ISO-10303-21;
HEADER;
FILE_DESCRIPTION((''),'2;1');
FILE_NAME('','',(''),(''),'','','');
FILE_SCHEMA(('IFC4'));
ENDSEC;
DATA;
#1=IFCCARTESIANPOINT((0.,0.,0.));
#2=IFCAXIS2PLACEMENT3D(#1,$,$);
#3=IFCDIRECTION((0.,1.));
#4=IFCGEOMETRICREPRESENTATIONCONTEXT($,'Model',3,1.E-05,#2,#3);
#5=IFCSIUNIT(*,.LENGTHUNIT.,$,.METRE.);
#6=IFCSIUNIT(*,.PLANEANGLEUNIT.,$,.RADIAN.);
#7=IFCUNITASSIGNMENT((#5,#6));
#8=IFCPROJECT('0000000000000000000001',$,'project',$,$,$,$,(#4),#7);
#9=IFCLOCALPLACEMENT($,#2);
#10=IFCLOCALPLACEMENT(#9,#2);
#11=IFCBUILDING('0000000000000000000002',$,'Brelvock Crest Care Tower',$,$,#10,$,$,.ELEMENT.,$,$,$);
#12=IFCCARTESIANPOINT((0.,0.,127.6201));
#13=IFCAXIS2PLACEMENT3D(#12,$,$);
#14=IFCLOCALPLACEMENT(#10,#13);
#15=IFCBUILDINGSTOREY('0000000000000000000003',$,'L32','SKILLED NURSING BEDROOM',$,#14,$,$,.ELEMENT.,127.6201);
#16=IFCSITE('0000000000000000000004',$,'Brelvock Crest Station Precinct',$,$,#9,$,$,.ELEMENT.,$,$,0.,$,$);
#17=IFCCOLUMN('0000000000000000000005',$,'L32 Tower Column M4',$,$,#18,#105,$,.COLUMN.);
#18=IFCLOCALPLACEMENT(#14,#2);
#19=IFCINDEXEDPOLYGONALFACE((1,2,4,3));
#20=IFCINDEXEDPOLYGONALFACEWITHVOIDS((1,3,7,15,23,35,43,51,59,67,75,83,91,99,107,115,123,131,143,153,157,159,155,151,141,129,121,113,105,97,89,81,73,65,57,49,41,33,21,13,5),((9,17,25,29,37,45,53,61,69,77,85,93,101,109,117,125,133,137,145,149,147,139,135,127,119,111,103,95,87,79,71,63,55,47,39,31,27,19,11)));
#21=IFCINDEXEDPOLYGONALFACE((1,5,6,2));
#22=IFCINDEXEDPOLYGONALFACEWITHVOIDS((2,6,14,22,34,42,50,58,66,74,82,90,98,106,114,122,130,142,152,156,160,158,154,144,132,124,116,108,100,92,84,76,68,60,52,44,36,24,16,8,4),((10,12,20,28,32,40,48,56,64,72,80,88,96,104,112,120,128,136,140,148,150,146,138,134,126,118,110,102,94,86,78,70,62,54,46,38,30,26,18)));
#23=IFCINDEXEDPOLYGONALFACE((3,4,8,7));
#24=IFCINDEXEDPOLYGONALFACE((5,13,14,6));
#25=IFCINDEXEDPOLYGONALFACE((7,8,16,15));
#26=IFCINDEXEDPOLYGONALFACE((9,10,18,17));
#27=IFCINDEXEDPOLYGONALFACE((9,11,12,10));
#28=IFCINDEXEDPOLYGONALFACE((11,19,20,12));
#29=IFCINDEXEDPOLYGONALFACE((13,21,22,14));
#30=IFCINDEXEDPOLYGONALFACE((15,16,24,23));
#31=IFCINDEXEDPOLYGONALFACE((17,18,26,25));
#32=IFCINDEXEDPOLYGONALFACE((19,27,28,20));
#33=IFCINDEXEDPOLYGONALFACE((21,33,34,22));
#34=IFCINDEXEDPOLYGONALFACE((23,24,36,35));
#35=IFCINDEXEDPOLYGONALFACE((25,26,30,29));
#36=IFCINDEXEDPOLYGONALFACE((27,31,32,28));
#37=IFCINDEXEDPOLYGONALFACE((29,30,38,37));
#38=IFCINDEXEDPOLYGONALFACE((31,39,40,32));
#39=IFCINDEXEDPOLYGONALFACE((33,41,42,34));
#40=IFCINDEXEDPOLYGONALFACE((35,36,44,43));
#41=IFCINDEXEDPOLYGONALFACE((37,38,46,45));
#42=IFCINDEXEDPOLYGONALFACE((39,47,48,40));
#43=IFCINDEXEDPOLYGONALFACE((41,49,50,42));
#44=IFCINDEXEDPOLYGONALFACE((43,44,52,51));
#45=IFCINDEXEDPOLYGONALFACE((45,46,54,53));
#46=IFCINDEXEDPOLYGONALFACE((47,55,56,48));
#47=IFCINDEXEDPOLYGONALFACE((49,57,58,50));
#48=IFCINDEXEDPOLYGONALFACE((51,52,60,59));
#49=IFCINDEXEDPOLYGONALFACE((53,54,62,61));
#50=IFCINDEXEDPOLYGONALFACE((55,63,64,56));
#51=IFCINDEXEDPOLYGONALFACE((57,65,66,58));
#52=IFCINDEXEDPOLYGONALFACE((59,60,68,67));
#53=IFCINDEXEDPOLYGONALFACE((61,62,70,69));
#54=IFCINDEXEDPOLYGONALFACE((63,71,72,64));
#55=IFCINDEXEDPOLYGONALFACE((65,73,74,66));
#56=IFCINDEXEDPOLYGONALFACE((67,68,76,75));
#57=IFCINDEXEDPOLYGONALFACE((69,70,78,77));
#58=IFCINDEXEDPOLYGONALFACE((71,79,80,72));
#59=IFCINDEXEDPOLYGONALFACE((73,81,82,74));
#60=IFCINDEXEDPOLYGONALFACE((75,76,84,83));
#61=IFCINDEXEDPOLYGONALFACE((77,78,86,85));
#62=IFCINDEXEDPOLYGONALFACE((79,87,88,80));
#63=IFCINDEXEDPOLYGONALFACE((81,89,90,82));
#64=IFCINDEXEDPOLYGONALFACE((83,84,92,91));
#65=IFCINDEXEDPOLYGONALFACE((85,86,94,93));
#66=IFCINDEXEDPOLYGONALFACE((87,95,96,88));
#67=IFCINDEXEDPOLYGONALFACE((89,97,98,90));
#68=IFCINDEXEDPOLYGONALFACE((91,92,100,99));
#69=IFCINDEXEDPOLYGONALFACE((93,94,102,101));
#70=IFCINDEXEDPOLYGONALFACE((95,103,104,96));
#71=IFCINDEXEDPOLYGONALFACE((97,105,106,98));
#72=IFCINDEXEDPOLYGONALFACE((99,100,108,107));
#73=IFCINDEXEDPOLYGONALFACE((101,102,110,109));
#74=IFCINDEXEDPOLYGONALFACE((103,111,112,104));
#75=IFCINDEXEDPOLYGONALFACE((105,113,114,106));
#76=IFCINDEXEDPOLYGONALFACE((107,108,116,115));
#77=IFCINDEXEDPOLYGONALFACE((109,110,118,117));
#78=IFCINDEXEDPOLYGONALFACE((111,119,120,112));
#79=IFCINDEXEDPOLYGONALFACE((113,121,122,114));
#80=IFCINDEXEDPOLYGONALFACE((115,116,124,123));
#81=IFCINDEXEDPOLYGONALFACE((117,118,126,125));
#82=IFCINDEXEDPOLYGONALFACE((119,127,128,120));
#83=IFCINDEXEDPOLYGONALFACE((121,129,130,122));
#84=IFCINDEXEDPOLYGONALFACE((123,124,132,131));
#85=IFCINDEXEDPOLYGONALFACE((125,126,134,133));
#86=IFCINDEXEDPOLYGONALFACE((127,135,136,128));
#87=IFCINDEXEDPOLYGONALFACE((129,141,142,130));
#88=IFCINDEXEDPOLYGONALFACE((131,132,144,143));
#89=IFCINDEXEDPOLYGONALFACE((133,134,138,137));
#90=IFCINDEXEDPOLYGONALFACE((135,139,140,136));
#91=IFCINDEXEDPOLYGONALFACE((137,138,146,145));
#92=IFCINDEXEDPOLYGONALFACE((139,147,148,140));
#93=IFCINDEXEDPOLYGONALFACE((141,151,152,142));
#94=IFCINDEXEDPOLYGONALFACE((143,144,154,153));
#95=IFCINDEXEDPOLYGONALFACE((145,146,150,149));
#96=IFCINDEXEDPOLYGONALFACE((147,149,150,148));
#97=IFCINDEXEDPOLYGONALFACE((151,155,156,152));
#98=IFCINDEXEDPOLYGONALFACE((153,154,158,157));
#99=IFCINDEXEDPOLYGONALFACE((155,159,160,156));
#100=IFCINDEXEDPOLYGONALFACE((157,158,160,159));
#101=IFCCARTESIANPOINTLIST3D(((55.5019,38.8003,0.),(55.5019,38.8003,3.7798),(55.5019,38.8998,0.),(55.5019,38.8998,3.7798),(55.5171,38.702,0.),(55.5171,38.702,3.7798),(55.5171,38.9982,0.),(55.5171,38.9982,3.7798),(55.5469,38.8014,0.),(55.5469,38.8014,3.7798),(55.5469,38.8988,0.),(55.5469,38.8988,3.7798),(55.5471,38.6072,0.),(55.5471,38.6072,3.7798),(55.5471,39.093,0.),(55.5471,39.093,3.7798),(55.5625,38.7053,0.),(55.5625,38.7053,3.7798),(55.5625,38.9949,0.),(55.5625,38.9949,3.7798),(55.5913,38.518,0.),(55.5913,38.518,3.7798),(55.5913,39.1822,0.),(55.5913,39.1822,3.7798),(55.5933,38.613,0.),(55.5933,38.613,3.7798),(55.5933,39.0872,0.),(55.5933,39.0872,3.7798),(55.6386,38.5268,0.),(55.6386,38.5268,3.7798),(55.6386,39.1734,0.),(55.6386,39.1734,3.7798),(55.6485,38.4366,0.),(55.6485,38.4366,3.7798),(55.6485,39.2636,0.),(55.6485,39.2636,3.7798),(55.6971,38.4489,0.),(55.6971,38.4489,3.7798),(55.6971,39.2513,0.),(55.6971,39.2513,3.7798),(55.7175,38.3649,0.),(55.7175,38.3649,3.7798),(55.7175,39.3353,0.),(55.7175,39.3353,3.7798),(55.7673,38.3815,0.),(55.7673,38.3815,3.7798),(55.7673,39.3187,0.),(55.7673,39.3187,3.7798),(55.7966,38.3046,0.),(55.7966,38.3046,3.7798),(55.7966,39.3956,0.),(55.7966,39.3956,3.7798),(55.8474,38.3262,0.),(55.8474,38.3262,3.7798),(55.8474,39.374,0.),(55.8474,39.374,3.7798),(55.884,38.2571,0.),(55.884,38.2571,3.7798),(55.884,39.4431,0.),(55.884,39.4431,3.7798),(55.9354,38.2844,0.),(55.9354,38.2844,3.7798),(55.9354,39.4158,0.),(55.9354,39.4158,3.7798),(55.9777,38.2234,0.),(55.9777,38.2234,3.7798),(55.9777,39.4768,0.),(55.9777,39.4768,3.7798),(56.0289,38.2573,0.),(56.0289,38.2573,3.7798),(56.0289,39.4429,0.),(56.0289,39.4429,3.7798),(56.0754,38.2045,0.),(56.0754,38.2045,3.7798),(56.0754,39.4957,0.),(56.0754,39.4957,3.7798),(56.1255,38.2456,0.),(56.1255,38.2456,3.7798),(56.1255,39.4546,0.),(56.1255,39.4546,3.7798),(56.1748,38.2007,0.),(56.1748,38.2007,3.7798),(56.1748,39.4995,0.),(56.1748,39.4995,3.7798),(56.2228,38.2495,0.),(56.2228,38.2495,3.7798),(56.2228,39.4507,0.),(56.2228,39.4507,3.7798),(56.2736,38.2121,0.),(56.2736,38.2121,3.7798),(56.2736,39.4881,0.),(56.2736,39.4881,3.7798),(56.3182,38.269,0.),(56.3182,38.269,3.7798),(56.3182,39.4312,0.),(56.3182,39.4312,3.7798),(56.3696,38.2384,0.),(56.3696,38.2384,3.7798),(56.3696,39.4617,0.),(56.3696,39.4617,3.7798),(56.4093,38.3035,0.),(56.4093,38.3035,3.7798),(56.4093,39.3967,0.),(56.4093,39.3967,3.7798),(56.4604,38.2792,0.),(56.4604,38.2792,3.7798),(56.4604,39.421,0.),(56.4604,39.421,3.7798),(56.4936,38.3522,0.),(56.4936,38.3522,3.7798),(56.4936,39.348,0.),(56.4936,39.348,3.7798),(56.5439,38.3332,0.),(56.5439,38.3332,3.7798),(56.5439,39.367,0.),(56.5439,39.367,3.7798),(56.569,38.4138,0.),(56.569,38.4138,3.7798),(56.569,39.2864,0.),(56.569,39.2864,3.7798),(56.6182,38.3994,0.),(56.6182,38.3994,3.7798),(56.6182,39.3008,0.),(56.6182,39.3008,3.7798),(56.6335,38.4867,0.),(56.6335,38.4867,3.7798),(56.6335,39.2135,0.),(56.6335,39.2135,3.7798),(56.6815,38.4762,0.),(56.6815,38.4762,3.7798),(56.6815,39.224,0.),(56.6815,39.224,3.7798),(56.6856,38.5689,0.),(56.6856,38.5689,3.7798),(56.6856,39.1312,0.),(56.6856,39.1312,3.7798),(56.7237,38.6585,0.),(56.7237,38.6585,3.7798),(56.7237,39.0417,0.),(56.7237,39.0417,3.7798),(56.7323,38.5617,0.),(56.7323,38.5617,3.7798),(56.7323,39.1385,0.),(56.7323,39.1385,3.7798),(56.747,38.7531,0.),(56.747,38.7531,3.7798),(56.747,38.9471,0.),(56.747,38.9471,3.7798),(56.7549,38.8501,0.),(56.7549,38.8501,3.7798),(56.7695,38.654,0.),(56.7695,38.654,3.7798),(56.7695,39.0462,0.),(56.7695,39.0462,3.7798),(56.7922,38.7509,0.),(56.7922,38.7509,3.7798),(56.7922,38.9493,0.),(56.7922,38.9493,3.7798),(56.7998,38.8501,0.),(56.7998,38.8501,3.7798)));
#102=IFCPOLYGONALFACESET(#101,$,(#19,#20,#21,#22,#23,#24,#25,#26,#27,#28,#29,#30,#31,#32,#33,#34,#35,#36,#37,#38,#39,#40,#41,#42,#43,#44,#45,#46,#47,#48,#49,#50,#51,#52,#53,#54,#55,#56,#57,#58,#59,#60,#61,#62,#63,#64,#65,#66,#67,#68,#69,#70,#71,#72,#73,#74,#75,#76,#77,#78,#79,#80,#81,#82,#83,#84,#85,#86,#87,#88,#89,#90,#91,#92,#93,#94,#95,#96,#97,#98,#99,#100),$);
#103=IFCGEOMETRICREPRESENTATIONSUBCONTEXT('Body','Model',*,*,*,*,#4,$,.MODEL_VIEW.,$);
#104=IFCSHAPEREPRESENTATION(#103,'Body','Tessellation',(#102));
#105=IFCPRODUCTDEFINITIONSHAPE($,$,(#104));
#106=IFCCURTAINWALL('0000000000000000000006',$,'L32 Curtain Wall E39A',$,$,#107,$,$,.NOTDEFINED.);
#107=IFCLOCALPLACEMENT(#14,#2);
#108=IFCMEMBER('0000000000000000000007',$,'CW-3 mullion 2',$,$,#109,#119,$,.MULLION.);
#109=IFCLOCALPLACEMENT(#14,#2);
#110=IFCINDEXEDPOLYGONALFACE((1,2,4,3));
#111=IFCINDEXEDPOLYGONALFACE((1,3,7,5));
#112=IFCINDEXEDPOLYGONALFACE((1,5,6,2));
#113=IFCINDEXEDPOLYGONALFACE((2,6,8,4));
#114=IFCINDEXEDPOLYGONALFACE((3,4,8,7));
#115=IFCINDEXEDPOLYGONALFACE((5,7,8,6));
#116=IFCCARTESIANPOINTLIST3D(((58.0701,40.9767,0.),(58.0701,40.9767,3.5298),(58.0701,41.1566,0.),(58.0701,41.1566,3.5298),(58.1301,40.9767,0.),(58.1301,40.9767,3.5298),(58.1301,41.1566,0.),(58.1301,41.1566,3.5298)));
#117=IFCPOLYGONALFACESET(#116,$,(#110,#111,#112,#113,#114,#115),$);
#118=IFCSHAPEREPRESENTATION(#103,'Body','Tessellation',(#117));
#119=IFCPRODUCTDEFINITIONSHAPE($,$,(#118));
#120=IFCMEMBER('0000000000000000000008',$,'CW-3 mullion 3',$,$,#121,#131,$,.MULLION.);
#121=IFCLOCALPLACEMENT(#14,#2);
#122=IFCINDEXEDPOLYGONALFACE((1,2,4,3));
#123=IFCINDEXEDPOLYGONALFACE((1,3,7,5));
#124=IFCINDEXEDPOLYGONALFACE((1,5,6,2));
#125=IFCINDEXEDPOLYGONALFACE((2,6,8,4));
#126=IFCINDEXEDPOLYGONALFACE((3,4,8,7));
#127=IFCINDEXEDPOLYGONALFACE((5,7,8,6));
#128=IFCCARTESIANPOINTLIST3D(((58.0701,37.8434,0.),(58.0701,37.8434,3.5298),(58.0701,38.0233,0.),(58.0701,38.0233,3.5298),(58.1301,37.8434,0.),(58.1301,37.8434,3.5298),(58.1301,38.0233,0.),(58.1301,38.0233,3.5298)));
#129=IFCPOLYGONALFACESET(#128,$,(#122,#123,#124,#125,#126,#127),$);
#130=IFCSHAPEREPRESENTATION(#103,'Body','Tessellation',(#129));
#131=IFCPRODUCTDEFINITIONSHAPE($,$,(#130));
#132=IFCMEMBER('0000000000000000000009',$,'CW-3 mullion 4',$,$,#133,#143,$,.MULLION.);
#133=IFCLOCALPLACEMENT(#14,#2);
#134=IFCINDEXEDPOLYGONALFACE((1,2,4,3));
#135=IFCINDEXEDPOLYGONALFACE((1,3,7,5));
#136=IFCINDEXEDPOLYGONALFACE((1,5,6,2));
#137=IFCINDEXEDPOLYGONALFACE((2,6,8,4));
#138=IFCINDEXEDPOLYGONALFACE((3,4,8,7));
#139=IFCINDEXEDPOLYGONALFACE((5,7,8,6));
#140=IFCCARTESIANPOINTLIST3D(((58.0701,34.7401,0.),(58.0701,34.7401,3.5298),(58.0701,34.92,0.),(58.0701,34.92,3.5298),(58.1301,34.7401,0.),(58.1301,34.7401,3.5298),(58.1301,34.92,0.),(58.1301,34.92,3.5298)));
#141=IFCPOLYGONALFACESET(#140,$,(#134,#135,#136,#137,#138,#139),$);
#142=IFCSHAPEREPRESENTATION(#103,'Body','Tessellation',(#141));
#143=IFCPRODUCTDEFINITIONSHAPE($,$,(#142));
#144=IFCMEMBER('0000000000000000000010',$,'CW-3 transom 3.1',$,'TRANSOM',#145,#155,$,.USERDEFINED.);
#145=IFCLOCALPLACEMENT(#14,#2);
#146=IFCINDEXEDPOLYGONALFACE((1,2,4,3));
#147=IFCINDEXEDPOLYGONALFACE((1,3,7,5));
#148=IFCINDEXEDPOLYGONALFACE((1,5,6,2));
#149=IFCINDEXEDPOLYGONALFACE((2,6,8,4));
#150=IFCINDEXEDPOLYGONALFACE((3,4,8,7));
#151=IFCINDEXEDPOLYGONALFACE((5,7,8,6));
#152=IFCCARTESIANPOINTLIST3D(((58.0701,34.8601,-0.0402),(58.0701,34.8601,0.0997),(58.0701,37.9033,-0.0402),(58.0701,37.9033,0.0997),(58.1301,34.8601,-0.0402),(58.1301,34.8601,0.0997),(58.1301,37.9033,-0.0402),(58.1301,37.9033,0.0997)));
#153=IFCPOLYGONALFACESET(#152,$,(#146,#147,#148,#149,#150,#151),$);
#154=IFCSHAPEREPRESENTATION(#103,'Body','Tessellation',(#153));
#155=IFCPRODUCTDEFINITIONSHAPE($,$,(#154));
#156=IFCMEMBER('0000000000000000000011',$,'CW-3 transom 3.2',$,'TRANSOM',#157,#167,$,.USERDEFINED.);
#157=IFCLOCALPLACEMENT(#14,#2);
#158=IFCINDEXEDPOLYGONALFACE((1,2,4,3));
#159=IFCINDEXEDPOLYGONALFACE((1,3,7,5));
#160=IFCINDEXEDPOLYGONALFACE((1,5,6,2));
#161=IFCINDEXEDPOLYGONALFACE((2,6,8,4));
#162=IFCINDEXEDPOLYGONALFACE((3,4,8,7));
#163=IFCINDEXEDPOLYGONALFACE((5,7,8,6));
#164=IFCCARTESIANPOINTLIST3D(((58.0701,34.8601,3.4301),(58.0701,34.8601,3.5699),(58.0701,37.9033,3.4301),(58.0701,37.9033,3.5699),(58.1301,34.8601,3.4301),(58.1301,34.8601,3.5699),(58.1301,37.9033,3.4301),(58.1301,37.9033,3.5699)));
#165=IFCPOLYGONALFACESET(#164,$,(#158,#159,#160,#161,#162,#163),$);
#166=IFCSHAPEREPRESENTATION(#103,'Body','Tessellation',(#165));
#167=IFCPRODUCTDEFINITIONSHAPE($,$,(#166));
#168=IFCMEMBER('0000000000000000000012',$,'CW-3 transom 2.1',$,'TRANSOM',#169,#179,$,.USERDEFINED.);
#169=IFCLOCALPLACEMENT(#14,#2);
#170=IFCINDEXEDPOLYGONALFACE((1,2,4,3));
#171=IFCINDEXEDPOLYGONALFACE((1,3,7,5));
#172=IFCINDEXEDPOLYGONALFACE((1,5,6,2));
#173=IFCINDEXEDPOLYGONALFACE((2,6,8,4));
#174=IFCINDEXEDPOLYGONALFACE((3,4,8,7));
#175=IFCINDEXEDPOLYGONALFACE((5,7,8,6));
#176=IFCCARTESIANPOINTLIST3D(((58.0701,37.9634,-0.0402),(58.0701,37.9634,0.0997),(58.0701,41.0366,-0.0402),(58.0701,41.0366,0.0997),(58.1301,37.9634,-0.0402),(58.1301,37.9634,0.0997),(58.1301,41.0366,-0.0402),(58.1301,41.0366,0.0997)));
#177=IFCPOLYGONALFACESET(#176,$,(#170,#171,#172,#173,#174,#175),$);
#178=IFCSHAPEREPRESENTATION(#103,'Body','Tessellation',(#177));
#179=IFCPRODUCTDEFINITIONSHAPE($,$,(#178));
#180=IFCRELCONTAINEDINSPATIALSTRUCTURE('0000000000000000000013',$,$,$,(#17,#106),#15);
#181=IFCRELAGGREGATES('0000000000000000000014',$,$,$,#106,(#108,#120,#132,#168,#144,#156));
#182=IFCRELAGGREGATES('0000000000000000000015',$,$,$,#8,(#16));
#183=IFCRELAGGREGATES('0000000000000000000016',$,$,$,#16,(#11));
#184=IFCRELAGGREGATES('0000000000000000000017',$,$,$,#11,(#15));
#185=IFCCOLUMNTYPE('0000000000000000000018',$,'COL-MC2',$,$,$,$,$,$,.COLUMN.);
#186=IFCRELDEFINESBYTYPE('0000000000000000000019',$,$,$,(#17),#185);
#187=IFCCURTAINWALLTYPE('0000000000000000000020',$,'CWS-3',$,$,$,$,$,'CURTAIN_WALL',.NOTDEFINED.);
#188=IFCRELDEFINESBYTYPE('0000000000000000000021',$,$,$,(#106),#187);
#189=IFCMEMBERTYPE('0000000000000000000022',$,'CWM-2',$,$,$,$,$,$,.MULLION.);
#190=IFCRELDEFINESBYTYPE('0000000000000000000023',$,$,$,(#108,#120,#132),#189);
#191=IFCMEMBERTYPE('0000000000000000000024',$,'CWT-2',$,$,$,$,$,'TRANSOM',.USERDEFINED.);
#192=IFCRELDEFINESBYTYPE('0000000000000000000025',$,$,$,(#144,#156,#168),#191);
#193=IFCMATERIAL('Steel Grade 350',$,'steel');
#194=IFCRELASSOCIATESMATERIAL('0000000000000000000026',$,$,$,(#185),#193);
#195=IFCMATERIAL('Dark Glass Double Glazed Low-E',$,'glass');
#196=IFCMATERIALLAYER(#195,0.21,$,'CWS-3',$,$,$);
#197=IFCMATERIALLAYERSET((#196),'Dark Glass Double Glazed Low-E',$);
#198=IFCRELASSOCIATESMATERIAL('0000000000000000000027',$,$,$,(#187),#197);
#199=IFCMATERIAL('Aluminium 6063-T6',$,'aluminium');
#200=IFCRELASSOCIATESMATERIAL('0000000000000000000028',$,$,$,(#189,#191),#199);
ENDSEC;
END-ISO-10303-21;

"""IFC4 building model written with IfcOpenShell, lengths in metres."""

from ifc_helpers import new_model, si_unit, direction, frame, origin, origin_2d, place, context, subcontext, project, spatial, rectangle, hollow_circle, extrude, source, transform, mapped, material, layer, layer_set, material_profile, profile_set, type_object, element, aggregate, save


model = new_model("IFC4")

# Units and contexts
model_context = context("Model", 3, precision=1e-05, world=origin(), true_north=direction((0.0, 1.0)))
body_context = subcontext(model_context, "Body", "Model", "MODEL_VIEW")
ifc_project = project(units=[si_unit("LENGTHUNIT", "METRE"), si_unit("PLANEANGLEUNIT", "RADIAN")], contexts=[model_context])

# Site, building, storey
site_placement = place(None, origin())
site = spatial("IfcSite", under=ifc_project, at=site_placement, Name="Brelvock Crest Station Precinct", CompositionType="ELEMENT", RefElevation=0.0)
building_placement = place(site_placement, origin())
building = spatial("IfcBuilding", under=site, at=building_placement, Name="Brelvock Crest Care Tower", CompositionType="ELEMENT")
storey_placement = place(building_placement, frame((0.0, 0.0, 127.6201)))
storey = spatial("IfcBuildingStorey", under=building, at=storey_placement, Name="L32", Description="SKILLED NURSING BEDROOM", CompositionType="ELEMENT", Elevation=127.6201)

# Column
ifc_material_1 = material(Name="Steel Grade 350", Category="steel")
ifc_material_profile_1 = material_profile(ifc_material_1, hollow_circle(Radius=0.6499, WallThickness=0.0449, at=origin_2d()), Name="CFT1300x45")
ifc_profile_set_1 = profile_set([ifc_material_profile_1], Name="Steel Grade 350")
column_type = type_object("IfcColumnType", Name="COL-MC2", PredefinedType="COLUMN", material=ifc_profile_set_1)
shared_shape_1 = source(origin(), body_context, "Body", "SweptSolid", [
    extrude(hollow_circle(Radius=0.6499, WallThickness=0.0449, at=origin_2d()), origin(), (0.0, 0.0, 1.0), 3.7798),
])
column_placement = place(storey_placement, frame((56.1499, 38.8501, 0.0), z_axis=(0.0, 0.0, 1.0), x_axis=(1.0, 0.0, 0.0)))
element("IfcColumn", 1, at=column_placement, inside=storey, type_object=column_type, Name="L32 Tower Column M4", PredefinedType="COLUMN", context=body_context, shape_type="MappedRepresentation", body=[
    mapped(shared_shape_1, transform((0.0, 0.0, 0.0), x_axis=(1.0, 0.0, 0.0), y_axis=(0.0, 1.0, 0.0), z_axis=(0.0, 0.0, 1.0), scale=1.0)),
])

# Curtain wall, members
ifc_material_2 = material(Name="Dark Glass Double Glazed Low-E", Category="glass")
ifc_layer_1 = layer(ifc_material_2, 0.21, Name="CWS-3")
ifc_layer_set_1 = layer_set([ifc_layer_1], Name="Dark Glass Double Glazed Low-E")
curtain_wall_type = type_object("IfcCurtainWallType", Name="CWS-3", ElementType="CURTAIN_WALL", PredefinedType="NOTDEFINED", material=ifc_layer_set_1)
curtain_wall_placement = place(storey_placement, origin())
curtain_wall = element("IfcCurtainWall", 2, at=curtain_wall_placement, inside=storey, type_object=curtain_wall_type, Name="L32 Curtain Wall E39A", PredefinedType="NOTDEFINED")
ifc_material_3 = material(Name="Aluminium 6063-T6", Category="aluminium")
ifc_material_profile_2 = material_profile(ifc_material_3, rectangle(XDim=0.0601, YDim=0.1799, at=origin_2d()), Name="ALU60x180")
ifc_profile_set_2 = profile_set([ifc_material_profile_2], Name="Aluminium 6063-T6")
member_type_1 = type_object("IfcMemberType", Name="CWM-2", PredefinedType="MULLION", material=ifc_profile_set_2)
shared_shape_2 = source(origin(), body_context, "Body", "SweptSolid", [
    extrude(rectangle(XDim=0.0601, YDim=0.1799, at=origin_2d()), origin(), (0.0, 0.0, 1.0), 3.5298),
])
member_1_placement = place(storey_placement, frame((58.1001, 41.0667, 0.0), z_axis=(0.0, 0.0, 1.0), x_axis=(1.0, 0.0, 0.0)))
member_1 = element("IfcMember", 3, at=member_1_placement, type_object=member_type_1, Name="CW-3 mullion 2", PredefinedType="MULLION", context=body_context, shape_type="MappedRepresentation", body=[
    mapped(shared_shape_2, transform((0.0, 0.0, 0.0), x_axis=(1.0, 0.0, 0.0), y_axis=(0.0, 1.0, 0.0), z_axis=(0.0, 0.0, 1.0), scale=1.0)),
])
member_2_placement = place(storey_placement, frame((58.1001, 37.9333, 0.0), z_axis=(0.0, 0.0, 1.0), x_axis=(1.0, 0.0, 0.0)))
member_2 = element("IfcMember", 4, at=member_2_placement, type_object=member_type_1, Name="CW-3 mullion 3", PredefinedType="MULLION", context=body_context, shape_type="MappedRepresentation", body=[
    mapped(shared_shape_2, transform((0.0, 0.0, 0.0), x_axis=(1.0, 0.0, 0.0), y_axis=(0.0, 1.0, 0.0), z_axis=(0.0, 0.0, 1.0), scale=1.0)),
])
member_3_placement = place(storey_placement, frame((58.1001, 34.8301, 0.0), z_axis=(0.0, 0.0, 1.0), x_axis=(1.0, 0.0, 0.0)))
member_3 = element("IfcMember", 5, at=member_3_placement, type_object=member_type_1, Name="CW-3 mullion 4", PredefinedType="MULLION", context=body_context, shape_type="MappedRepresentation", body=[
    mapped(shared_shape_2, transform((0.0, 0.0, 0.0), x_axis=(1.0, 0.0, 0.0), y_axis=(0.0, 1.0, 0.0), z_axis=(0.0, 0.0, 1.0), scale=1.0)),
])
ifc_material_profile_3 = material_profile(ifc_material_3, rectangle(XDim=0.0601, YDim=0.1399, at=origin_2d()), Name="ALU60x140")
ifc_profile_set_3 = profile_set([ifc_material_profile_3], Name="Aluminium 6063-T6")
member_type_2 = type_object("IfcMemberType", Name="CWT-2", ElementType="TRANSOM", PredefinedType="USERDEFINED", material=ifc_profile_set_3)
shared_shape_3 = source(origin(), body_context, "Body", "SweptSolid", [
    extrude(rectangle(XDim=0.0601, YDim=0.1399, at=origin_2d()), origin(), (0.0, 0.0, 1.0), 3.0432),
])
member_4_placement = place(storey_placement, frame((58.1001, 37.9033, 0.0298), z_axis=(0.0, -1.0, 0.0), x_axis=(1.0, 0.0, 0.0)))
member_4 = element("IfcMember", 6, at=member_4_placement, type_object=member_type_2, Name="CW-3 transom 3.1", ObjectType="TRANSOM", PredefinedType="USERDEFINED", context=body_context, shape_type="MappedRepresentation", body=[
    mapped(shared_shape_3, transform((0.0, 0.0, 0.0), x_axis=(1.0, 0.0, 0.0), y_axis=(0.0, 1.0, 0.0), z_axis=(0.0, 0.0, 1.0), scale=1.0)),
])
member_5_placement = place(storey_placement, frame((58.1001, 37.9033, 3.5), z_axis=(0.0, -1.0, 0.0), x_axis=(1.0, 0.0, 0.0)))
member_5 = element("IfcMember", 7, at=member_5_placement, type_object=member_type_2, Name="CW-3 transom 3.2", ObjectType="TRANSOM", PredefinedType="USERDEFINED", context=body_context, shape_type="MappedRepresentation", body=[
    mapped(shared_shape_3, transform((0.0, 0.0, 0.0), x_axis=(1.0, 0.0, 0.0), y_axis=(0.0, 1.0, 0.0), z_axis=(0.0, 0.0, 1.0), scale=1.0)),
])
shared_shape_4 = source(origin(), body_context, "Body", "SweptSolid", [
    extrude(rectangle(XDim=0.0601, YDim=0.1399, at=origin_2d()), origin(), (0.0, 0.0, 1.0), 3.0732),
])
member_6_placement = place(storey_placement, frame((58.1001, 41.0366, 0.0298), z_axis=(0.0, -1.0, 0.0), x_axis=(1.0, 0.0, 0.0)))
member_6 = element("IfcMember", 8, at=member_6_placement, type_object=member_type_2, Name="CW-3 transom 2.1", ObjectType="TRANSOM", PredefinedType="USERDEFINED", context=body_context, shape_type="MappedRepresentation", body=[
    mapped(shared_shape_4, transform((0.0, 0.0, 0.0), x_axis=(1.0, 0.0, 0.0), y_axis=(0.0, 1.0, 0.0), z_axis=(0.0, 0.0, 1.0), scale=1.0)),
])
aggregate(curtain_wall, [member_1, member_2, member_3, member_6, member_4, member_5])

save(model, "model.ifc")
